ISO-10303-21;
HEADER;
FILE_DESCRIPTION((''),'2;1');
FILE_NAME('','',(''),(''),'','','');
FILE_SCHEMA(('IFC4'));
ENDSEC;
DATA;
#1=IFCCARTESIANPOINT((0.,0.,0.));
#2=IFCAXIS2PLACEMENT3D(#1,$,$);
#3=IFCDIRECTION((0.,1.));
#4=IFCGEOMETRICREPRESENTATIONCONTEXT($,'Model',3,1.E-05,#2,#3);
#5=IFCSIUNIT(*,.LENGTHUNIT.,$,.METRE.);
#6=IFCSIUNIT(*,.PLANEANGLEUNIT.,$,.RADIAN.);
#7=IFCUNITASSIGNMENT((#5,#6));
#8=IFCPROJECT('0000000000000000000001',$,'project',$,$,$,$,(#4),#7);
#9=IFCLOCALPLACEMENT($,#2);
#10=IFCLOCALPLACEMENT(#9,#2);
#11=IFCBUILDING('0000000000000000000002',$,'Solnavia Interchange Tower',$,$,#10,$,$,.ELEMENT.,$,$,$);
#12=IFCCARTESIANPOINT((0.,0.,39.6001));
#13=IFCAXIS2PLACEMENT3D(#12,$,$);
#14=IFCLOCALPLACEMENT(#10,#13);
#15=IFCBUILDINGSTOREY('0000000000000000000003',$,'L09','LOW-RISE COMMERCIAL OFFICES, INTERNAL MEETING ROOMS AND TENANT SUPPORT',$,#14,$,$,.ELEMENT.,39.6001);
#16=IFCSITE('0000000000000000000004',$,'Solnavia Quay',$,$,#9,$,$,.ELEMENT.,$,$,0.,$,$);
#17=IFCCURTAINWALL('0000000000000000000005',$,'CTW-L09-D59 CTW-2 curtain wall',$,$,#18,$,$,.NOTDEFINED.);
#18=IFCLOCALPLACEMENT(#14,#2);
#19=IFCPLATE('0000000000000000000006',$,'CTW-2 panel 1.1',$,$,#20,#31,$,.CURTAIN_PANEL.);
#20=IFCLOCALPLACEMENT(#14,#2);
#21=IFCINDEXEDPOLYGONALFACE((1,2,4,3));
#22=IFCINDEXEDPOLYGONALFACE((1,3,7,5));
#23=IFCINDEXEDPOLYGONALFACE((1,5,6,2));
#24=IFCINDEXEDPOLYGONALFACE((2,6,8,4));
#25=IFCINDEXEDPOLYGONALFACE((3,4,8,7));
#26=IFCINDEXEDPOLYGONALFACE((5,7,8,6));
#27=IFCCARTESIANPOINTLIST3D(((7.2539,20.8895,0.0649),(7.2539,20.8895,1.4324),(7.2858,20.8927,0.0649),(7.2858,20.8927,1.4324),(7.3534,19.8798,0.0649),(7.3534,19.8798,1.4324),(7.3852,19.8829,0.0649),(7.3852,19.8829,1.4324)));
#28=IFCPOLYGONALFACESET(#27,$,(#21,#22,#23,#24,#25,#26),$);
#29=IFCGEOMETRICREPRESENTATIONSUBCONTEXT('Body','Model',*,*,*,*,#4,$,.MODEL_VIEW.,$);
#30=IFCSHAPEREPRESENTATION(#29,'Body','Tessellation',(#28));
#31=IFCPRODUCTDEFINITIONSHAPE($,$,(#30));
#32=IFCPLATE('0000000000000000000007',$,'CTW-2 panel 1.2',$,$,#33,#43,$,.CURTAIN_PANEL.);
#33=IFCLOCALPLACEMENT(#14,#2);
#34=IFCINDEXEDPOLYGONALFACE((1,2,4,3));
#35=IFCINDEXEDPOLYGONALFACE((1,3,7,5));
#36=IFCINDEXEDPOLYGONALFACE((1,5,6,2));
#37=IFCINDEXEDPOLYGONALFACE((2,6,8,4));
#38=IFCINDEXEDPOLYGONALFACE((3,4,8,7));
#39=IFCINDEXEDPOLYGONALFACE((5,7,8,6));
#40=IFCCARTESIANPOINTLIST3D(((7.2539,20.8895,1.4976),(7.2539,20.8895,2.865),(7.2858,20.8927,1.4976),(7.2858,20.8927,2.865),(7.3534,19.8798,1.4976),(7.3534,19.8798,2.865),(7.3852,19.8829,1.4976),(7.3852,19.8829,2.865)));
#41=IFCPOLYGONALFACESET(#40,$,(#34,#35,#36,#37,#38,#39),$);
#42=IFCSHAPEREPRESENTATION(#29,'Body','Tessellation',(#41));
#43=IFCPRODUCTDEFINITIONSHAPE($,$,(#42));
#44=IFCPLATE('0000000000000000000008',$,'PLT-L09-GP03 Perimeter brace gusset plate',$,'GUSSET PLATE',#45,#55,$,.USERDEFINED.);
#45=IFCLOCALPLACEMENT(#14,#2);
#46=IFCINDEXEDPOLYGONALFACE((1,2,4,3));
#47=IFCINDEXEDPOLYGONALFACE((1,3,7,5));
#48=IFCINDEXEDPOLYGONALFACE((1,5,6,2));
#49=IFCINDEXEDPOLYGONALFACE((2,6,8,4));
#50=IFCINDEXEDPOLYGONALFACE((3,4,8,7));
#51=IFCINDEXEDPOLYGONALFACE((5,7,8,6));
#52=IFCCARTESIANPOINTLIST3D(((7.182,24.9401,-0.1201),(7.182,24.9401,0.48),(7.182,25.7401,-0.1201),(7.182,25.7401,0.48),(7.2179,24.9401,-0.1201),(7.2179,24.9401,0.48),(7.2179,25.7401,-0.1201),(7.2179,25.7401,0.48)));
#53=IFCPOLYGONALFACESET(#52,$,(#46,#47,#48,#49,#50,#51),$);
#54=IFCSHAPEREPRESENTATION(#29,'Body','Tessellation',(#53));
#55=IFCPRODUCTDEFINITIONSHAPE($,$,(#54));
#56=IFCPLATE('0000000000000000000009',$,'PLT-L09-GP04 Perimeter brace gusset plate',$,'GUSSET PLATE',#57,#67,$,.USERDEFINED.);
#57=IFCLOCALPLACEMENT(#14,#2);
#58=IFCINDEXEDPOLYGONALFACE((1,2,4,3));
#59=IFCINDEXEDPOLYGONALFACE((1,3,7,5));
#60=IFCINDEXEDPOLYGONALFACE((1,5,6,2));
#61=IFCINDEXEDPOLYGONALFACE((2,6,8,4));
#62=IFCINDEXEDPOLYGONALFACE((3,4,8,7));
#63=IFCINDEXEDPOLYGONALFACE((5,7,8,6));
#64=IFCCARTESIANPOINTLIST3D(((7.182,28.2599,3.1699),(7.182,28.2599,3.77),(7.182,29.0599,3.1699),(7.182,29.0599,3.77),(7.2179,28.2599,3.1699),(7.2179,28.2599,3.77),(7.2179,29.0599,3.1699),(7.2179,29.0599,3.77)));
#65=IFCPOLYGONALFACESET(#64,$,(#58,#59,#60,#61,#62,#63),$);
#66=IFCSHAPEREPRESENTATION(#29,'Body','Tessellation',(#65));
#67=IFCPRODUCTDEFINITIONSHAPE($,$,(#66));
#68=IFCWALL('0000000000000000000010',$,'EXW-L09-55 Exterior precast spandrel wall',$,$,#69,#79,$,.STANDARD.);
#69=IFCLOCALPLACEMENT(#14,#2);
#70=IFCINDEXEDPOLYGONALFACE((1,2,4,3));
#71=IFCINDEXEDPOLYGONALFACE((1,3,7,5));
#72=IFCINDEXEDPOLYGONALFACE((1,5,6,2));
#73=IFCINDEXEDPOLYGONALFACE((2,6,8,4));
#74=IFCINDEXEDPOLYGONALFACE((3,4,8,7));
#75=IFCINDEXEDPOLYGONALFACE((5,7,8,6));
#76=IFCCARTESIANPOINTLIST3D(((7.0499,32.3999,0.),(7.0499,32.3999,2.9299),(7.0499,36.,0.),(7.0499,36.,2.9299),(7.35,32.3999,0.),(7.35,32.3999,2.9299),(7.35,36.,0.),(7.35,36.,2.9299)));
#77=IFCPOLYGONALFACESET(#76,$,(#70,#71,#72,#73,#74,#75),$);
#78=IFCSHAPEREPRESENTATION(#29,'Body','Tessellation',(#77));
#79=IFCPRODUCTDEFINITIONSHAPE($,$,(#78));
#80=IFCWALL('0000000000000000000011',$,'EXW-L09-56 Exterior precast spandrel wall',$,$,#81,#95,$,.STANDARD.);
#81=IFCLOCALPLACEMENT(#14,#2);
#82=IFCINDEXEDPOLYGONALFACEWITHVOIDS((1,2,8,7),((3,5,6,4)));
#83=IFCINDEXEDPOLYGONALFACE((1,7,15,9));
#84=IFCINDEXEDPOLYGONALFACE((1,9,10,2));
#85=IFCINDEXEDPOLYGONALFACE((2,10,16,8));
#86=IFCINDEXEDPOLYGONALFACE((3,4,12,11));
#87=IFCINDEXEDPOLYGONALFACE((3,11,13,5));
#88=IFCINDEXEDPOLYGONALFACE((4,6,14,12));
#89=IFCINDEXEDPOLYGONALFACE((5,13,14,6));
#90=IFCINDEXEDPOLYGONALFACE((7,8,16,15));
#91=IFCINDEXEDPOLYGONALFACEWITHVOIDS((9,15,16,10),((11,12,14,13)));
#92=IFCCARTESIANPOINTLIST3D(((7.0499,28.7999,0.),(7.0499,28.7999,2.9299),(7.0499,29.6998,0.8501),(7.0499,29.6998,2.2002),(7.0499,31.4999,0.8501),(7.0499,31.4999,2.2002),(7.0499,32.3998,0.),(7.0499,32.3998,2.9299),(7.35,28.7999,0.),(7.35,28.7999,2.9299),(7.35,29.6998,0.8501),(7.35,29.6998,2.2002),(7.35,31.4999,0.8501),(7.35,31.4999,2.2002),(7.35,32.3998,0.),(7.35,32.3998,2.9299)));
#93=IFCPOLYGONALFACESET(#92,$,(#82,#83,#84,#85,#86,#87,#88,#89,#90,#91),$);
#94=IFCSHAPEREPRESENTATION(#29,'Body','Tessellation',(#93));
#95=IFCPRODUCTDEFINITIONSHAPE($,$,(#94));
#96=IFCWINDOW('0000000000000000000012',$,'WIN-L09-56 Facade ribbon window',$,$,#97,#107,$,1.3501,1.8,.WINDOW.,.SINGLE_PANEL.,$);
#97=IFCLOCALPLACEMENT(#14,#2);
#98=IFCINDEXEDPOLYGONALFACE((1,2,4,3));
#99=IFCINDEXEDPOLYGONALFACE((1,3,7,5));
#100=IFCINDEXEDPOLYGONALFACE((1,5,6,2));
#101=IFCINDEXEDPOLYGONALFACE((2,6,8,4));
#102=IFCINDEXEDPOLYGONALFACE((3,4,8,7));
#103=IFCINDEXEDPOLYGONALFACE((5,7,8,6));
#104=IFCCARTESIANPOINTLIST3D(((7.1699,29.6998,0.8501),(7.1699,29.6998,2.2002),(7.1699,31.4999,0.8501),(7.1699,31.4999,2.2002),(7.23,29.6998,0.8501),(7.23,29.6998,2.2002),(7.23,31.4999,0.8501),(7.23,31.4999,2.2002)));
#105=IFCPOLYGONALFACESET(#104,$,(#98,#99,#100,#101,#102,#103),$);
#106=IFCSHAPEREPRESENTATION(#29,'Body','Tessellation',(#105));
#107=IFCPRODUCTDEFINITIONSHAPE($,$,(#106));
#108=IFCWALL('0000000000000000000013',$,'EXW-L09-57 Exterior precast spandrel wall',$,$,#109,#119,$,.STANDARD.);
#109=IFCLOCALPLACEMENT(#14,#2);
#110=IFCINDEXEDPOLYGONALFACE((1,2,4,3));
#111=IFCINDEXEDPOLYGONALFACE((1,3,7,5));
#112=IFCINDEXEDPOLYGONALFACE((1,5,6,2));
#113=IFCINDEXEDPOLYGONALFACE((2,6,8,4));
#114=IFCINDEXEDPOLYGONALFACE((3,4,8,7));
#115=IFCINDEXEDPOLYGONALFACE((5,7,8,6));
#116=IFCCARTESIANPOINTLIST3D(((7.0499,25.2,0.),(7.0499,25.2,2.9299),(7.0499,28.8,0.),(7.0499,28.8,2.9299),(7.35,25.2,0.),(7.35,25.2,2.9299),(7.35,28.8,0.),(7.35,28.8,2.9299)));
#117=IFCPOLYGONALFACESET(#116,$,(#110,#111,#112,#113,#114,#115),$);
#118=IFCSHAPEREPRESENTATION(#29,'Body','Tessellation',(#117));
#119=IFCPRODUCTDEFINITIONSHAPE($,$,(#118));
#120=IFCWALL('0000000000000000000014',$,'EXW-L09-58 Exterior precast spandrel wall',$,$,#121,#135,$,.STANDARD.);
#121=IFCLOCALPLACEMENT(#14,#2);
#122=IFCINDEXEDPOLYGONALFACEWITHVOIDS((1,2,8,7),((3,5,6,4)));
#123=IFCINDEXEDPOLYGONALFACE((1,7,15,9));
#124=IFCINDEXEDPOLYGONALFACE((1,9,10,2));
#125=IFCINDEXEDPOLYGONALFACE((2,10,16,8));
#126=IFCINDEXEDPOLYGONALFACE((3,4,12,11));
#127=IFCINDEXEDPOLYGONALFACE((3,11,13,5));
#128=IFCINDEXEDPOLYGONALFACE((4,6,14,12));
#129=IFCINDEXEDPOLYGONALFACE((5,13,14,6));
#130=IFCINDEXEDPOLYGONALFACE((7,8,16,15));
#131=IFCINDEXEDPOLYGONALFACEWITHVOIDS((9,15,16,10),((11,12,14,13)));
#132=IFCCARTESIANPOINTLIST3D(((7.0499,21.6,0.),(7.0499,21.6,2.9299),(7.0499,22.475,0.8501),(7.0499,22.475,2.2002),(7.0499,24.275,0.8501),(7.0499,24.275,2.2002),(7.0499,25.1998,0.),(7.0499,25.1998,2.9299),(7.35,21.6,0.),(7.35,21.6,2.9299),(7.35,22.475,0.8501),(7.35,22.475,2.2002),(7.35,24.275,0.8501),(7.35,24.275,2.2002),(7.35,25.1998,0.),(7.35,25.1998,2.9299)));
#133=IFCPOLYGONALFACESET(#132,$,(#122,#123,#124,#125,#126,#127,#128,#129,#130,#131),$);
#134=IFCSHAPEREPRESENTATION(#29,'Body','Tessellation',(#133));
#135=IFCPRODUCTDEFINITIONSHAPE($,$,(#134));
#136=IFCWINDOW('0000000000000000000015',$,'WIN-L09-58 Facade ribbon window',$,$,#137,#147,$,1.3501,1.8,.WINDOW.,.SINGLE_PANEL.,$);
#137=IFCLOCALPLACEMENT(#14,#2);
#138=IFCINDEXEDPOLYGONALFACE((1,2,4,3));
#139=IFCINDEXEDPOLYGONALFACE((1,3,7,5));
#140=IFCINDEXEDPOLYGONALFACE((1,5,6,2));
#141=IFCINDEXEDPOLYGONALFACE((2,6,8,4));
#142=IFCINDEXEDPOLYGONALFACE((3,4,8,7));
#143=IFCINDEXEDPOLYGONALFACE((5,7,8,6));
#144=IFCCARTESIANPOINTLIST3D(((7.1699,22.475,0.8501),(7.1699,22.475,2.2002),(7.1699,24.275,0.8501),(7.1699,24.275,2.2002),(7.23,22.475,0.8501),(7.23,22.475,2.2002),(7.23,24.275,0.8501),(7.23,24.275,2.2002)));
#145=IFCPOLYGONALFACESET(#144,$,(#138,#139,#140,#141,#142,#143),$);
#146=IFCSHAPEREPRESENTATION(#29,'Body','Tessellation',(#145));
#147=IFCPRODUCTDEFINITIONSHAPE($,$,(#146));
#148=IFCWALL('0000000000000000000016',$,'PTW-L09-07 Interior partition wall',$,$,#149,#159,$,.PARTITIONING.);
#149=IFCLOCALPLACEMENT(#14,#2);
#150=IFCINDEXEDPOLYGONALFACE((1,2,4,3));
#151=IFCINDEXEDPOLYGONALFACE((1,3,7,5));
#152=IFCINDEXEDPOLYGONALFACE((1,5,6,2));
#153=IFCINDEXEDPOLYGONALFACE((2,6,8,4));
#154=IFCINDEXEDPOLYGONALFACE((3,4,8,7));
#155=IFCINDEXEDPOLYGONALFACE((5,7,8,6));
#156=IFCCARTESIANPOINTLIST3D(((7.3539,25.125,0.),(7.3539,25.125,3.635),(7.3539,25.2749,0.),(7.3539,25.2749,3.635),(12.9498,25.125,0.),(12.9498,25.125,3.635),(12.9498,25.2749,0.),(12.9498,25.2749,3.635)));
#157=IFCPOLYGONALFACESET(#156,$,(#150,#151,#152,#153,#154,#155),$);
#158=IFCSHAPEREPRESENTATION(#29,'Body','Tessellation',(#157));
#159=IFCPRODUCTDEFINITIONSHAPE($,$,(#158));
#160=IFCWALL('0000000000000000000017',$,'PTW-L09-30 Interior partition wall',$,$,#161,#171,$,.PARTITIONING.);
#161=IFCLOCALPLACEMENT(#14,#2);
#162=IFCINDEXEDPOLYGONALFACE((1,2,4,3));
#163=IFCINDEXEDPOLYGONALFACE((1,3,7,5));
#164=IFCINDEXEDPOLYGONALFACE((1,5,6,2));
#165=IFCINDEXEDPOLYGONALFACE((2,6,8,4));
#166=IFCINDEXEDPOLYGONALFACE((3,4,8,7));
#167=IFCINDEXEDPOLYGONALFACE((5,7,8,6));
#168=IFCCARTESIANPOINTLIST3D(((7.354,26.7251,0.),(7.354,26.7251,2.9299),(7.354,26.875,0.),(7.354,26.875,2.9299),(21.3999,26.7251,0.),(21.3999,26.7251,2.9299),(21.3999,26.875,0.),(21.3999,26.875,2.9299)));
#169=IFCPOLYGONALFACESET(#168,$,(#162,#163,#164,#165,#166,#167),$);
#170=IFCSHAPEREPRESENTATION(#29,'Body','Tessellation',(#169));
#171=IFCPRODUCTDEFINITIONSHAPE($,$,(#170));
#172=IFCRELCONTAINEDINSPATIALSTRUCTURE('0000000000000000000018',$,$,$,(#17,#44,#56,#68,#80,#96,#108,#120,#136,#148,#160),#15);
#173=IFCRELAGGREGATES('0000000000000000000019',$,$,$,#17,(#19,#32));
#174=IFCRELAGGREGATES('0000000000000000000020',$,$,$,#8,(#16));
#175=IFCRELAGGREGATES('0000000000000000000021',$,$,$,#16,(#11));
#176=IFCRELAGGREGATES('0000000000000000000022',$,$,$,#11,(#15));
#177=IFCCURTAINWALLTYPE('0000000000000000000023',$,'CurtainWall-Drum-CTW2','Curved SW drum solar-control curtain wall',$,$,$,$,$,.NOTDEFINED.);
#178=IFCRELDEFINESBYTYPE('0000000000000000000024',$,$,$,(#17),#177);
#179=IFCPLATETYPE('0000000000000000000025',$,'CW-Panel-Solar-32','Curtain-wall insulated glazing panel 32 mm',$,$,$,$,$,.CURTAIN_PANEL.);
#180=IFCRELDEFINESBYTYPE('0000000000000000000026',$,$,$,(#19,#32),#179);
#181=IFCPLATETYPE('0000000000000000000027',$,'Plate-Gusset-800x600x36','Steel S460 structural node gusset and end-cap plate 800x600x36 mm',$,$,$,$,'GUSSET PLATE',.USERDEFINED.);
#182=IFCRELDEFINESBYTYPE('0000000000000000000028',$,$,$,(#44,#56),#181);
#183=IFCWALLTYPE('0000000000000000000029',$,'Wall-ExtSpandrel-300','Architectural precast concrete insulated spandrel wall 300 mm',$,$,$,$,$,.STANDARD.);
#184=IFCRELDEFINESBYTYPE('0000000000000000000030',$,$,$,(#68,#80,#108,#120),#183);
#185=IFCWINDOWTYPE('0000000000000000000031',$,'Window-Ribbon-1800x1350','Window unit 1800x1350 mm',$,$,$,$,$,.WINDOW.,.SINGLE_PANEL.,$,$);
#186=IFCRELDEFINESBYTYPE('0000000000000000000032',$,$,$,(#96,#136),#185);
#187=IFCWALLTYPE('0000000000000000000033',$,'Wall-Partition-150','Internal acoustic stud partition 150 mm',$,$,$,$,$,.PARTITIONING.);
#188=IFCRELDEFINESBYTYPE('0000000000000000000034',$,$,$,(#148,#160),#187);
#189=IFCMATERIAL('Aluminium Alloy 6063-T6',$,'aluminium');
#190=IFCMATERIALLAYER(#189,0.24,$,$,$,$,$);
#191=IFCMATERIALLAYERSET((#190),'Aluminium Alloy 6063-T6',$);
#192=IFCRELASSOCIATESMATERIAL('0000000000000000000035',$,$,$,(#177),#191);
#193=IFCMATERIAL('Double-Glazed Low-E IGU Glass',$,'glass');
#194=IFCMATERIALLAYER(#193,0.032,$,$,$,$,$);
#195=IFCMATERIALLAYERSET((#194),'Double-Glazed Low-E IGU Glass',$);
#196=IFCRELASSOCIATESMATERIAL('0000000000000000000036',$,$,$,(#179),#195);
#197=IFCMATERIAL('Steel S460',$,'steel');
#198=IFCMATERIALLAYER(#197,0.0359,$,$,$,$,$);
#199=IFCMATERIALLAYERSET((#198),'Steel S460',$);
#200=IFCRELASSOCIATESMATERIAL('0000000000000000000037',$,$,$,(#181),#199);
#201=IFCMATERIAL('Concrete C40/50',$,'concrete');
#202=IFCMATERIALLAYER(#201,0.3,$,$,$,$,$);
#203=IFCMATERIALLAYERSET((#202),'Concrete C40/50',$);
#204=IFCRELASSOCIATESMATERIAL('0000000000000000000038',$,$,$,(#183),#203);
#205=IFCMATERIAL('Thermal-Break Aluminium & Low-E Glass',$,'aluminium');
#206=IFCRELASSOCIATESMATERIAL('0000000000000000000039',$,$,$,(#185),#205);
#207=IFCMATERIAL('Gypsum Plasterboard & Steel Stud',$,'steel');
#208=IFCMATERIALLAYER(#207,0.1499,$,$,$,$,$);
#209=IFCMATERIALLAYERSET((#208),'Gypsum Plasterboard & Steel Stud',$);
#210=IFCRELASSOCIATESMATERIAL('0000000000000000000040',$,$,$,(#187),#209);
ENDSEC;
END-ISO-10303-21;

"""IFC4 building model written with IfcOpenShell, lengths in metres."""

from ifc_helpers import new_model, si_unit, direction, frame, frame_2d, origin, origin_2d, place, context, subcontext, project, spatial, rectangle, extrude, material, layer, layer_set, type_object, element, fill, aggregate, save


model = new_model("IFC4")

# Units and contexts
model_context = context("Model", 3, precision=1e-05, world=origin(), true_north=direction((0.0, 1.0)))
body_context = subcontext(model_context, "Body", "Model", "MODEL_VIEW")
ifc_project = project(units=[si_unit("LENGTHUNIT", "METRE"), si_unit("PLANEANGLEUNIT", "RADIAN")], contexts=[model_context])

# Site, building, storey
site_placement = place(None, origin())
site = spatial("IfcSite", under=ifc_project, at=site_placement, Name="Solnavia Quay", CompositionType="ELEMENT", RefElevation=0.0)
building_placement = place(site_placement, origin())
building = spatial("IfcBuilding", under=site, at=building_placement, Name="Solnavia Interchange Tower", CompositionType="ELEMENT")
storey_placement = place(building_placement, frame((0.0, 0.0, 39.6001)))
storey = spatial("IfcBuildingStorey", under=building, at=storey_placement, Name="L09", Description="LOW-RISE COMMERCIAL OFFICES, INTERNAL MEETING ROOMS AND TENANT SUPPORT", CompositionType="ELEMENT", Elevation=39.6001)

# Shared definitions
ifc_material_1 = material(Name="Steel S460", Category="steel")

# Curtain wall, plates
ifc_material_2 = material(Name="Aluminium Alloy 6063-T6", Category="aluminium")
ifc_layer_1 = layer(ifc_material_2, 0.24)
ifc_layer_set_1 = layer_set([ifc_layer_1], Name="Aluminium Alloy 6063-T6")
curtain_wall_type = type_object("IfcCurtainWallType", Name="CurtainWall-Drum-CTW2", Description="Curved SW drum solar-control curtain wall", PredefinedType="NOTDEFINED", material=ifc_layer_set_1)
curtain_wall_placement = place(storey_placement, origin())
curtain_wall = element("IfcCurtainWall", 1, at=curtain_wall_placement, inside=storey, type_object=curtain_wall_type, Name="CTW-L09-D59 CTW-2 curtain wall", PredefinedType="NOTDEFINED")
ifc_material_3 = material(Name="Double-Glazed Low-E IGU Glass", Category="glass")
ifc_layer_2 = layer(ifc_material_3, 0.032)
ifc_layer_set_2 = layer_set([ifc_layer_2], Name="Double-Glazed Low-E IGU Glass")
plate_type_1 = type_object("IfcPlateType", Name="CW-Panel-Solar-32", Description="Curtain-wall insulated glazing panel 32 mm", PredefinedType="CURTAIN_PANEL", material=ifc_layer_set_2)
plate_1_placement = place(storey_placement, frame((7.3196, 20.3862, 0.0649), z_axis=(0.0, 0.0, 1.0), x_axis=(0.098045, -0.995182, 0.0)))
plate_1 = element("IfcPlate", 2, at=plate_1_placement, type_object=plate_type_1, Name="CTW-2 panel 1.1", PredefinedType="CURTAIN_PANEL", context=body_context, shape_type="SweptSolid", body=[
    extrude(rectangle(XDim=1.0146, YDim=0.032, at=origin_2d()), origin(), (0.0, 0.0, 1.0), 1.3674),
])
plate_2_placement = place(storey_placement, frame((7.3196, 20.3862, 1.4976), z_axis=(0.0, 0.0, 1.0), x_axis=(0.098045, -0.995182, 0.0)))
plate_2 = element("IfcPlate", 3, at=plate_2_placement, type_object=plate_type_1, Name="CTW-2 panel 1.2", PredefinedType="CURTAIN_PANEL", context=body_context, shape_type="SweptSolid", body=[
    extrude(rectangle(XDim=1.0146, YDim=0.032, at=origin_2d()), origin(), (0.0, 0.0, 1.0), 1.3674),
])
aggregate(curtain_wall, [plate_1, plate_2])

# Plates
ifc_layer_3 = layer(ifc_material_1, 0.0359)
ifc_layer_set_3 = layer_set([ifc_layer_3], Name="Steel S460")
plate_type_2 = type_object("IfcPlateType", Name="Plate-Gusset-800x600x36", Description="Steel S460 structural node gusset and end-cap plate 800x600x36 mm", ElementType="GUSSET PLATE", PredefinedType="USERDEFINED", material=ifc_layer_set_3)
for number, where, z_axis, x_axis, name in (
    (4, (7.2, 25.3401, -0.1201), (0.0, 0.0, 1.0), (0.0, 1.0, 0.0), "PLT-L09-GP03 Perimeter brace gusset plate"),
    (5, (7.2, 28.6599, 3.1699), (0.0, 0.0, 1.0), (0.0, 1.0, 0.0), "PLT-L09-GP04 Perimeter brace gusset plate"),
):
    element("IfcPlate", number, at=place(storey_placement, frame(where, z_axis=z_axis, x_axis=x_axis)), inside=storey, type_object=plate_type_2, Name=name, ObjectType="GUSSET PLATE", PredefinedType="USERDEFINED", context=body_context, shape_type="SweptSolid", body=[
        extrude(rectangle(XDim=0.8, YDim=0.0359, at=origin_2d()), origin(), (0.0, 0.0, 1.0), 0.6001),
    ])

# Wall
ifc_material_4 = material(Name="Concrete C40/50", Category="concrete")
ifc_layer_4 = layer(ifc_material_4, 0.3)
ifc_layer_set_4 = layer_set([ifc_layer_4], Name="Concrete C40/50")
wall_type_1 = type_object("IfcWallType", Name="Wall-ExtSpandrel-300", Description="Architectural precast concrete insulated spandrel wall 300 mm", PredefinedType="STANDARD", material=ifc_layer_set_4)
wall_1_placement = place(storey_placement, frame((7.2, 32.3999, 0.0), z_axis=(0.0, 0.0, 1.0), x_axis=(0.0, 1.0, 0.0)))
element("IfcWall", 6, at=wall_1_placement, inside=storey, type_object=wall_type_1, Name="EXW-L09-55 Exterior precast spandrel wall", PredefinedType="STANDARD", context=body_context, shape_type="SweptSolid", body=[
    extrude(rectangle(XDim=3.6001, YDim=0.3, at=frame_2d((1.8, 0.0))), origin(), (0.0, 0.0, 1.0), 2.9299),
])

# Wall, opening, window
wall_2_placement = place(storey_placement, frame((7.2, 28.8, 0.0), z_axis=(0.0, 0.0, 1.0), x_axis=(0.0, 1.0, 0.0)))
wall_2 = element("IfcWall", 7, at=wall_2_placement, inside=storey, type_object=wall_type_1, Name="EXW-L09-56 Exterior precast spandrel wall", PredefinedType="STANDARD", context=body_context, shape_type="SweptSolid", body=[
    extrude(rectangle(XDim=3.5999, YDim=0.3, at=frame_2d((1.7998, 0.0))), origin(), (0.0, 0.0, 1.0), 2.9299),
])
opening_1_placement = place(wall_2_placement, frame((0.8999, 0.0, 0.8501)))
opening_1 = element("IfcOpeningElement", 8, at=opening_1_placement, cuts=wall_2, PredefinedType="OPENING", context=body_context, shape_type="SweptSolid", body=[
    extrude(rectangle(XDim=1.8, YDim=1.3501, at=frame_2d((0.8999, 0.675))), frame((0.0, 0.1602, 0.0), z_axis=(0.0, -1.0, 0.0), x_axis=(1.0, 0.0, 0.0)), (0.0, 0.0, 1.0), 0.3201),
])
ifc_material_5 = material(Name="Thermal-Break Aluminium & Low-E Glass", Category="aluminium")
window_type = type_object("IfcWindowType", Name="Window-Ribbon-1800x1350", Description="Window unit 1800x1350 mm", PartitioningType="SINGLE_PANEL", PredefinedType="WINDOW", material=ifc_material_5)
window_1_placement = place(opening_1_placement, origin())
window_1 = element("IfcWindow", 9, at=window_1_placement, inside=storey, type_object=window_type, Name="WIN-L09-56 Facade ribbon window", OverallHeight=1.3501, OverallWidth=1.8, PartitioningType="SINGLE_PANEL", PredefinedType="WINDOW", context=body_context, shape_type="SweptSolid", body=[
    extrude(rectangle(XDim=1.8, YDim=1.3501, at=frame_2d((0.8999, 0.675))), frame((0.0, 0.03, 0.0), z_axis=(0.0, -1.0, 0.0), x_axis=(1.0, 0.0, 0.0)), (0.0, 0.0, 1.0), 0.0601),
])
fill(opening_1, window_1)

# Wall
wall_3_placement = place(storey_placement, frame((7.2, 25.2, 0.0), z_axis=(0.0, 0.0, 1.0), x_axis=(0.0, 1.0, 0.0)))
element("IfcWall", 10, at=wall_3_placement, inside=storey, type_object=wall_type_1, Name="EXW-L09-57 Exterior precast spandrel wall", PredefinedType="STANDARD", context=body_context, shape_type="SweptSolid", body=[
    extrude(rectangle(XDim=3.6001, YDim=0.3, at=frame_2d((1.8, 0.0))), origin(), (0.0, 0.0, 1.0), 2.9299),
])

# Wall, opening, window
wall_4_placement = place(storey_placement, frame((7.2, 21.6001, 0.0), z_axis=(0.0, 0.0, 1.0), x_axis=(0.0, 1.0, 0.0)))
wall_4 = element("IfcWall", 11, at=wall_4_placement, inside=storey, type_object=wall_type_1, Name="EXW-L09-58 Exterior precast spandrel wall", PredefinedType="STANDARD", context=body_context, shape_type="SweptSolid", body=[
    extrude(rectangle(XDim=3.5999, YDim=0.3, at=frame_2d((1.7998, 0.0))), origin(), (0.0, 0.0, 1.0), 2.9299),
])
opening_2_placement = place(wall_4_placement, frame((0.875, 0.0, 0.8501)))
opening_2 = element("IfcOpeningElement", 12, at=opening_2_placement, cuts=wall_4, PredefinedType="OPENING", context=body_context, shape_type="SweptSolid", body=[
    extrude(rectangle(XDim=1.8, YDim=1.3501, at=frame_2d((0.8999, 0.675))), frame((0.0, 0.1602, 0.0), z_axis=(0.0, -1.0, 0.0), x_axis=(1.0, 0.0, 0.0)), (0.0, 0.0, 1.0), 0.3201),
])
window_2_placement = place(opening_2_placement, origin())
window_2 = element("IfcWindow", 13, at=window_2_placement, inside=storey, type_object=window_type, Name="WIN-L09-58 Facade ribbon window", OverallHeight=1.3501, OverallWidth=1.8, PartitioningType="SINGLE_PANEL", PredefinedType="WINDOW", context=body_context, shape_type="SweptSolid", body=[
    extrude(rectangle(XDim=1.8, YDim=1.3501, at=frame_2d((0.8999, 0.675))), frame((0.0, 0.03, 0.0), z_axis=(0.0, -1.0, 0.0), x_axis=(1.0, 0.0, 0.0)), (0.0, 0.0, 1.0), 0.0601),
])
fill(opening_2, window_2)

# Walls
ifc_material_6 = material(Name="Gypsum Plasterboard & Steel Stud", Category="steel")
ifc_layer_5 = layer(ifc_material_6, 0.1499)
ifc_layer_set_5 = layer_set([ifc_layer_5], Name="Gypsum Plasterboard & Steel Stud")
wall_type_2 = type_object("IfcWallType", Name="Wall-Partition-150", Description="Internal acoustic stud partition 150 mm", PredefinedType="PARTITIONING", material=ifc_layer_set_5)
wall_5_placement = place(storey_placement, frame((7.354, 25.2, 0.0), z_axis=(0.0, 0.0, 1.0), x_axis=(1.0, 0.0, 0.0)))
element("IfcWall", 14, at=wall_5_placement, inside=storey, type_object=wall_type_2, Name="PTW-L09-07 Interior partition wall", PredefinedType="PARTITIONING", context=body_context, shape_type="SweptSolid", body=[
    extrude(rectangle(XDim=5.5959, YDim=0.1499, at=frame_2d((2.7979, 0.0))), origin(), (0.0, 0.0, 1.0), 3.635),
])
wall_6_placement = place(storey_placement, frame((7.354, 26.8, 0.0), z_axis=(0.0, 0.0, 1.0), x_axis=(1.0, 0.0, 0.0)))
element("IfcWall", 15, at=wall_6_placement, inside=storey, type_object=wall_type_2, Name="PTW-L09-30 Interior partition wall", PredefinedType="PARTITIONING", context=body_context, shape_type="SweptSolid", body=[
    extrude(rectangle(XDim=14.0459, YDim=0.1499, at=frame_2d((7.0229, 0.0))), origin(), (0.0, 0.0, 1.0), 2.9299),
])

save(model, "model.ifc")
